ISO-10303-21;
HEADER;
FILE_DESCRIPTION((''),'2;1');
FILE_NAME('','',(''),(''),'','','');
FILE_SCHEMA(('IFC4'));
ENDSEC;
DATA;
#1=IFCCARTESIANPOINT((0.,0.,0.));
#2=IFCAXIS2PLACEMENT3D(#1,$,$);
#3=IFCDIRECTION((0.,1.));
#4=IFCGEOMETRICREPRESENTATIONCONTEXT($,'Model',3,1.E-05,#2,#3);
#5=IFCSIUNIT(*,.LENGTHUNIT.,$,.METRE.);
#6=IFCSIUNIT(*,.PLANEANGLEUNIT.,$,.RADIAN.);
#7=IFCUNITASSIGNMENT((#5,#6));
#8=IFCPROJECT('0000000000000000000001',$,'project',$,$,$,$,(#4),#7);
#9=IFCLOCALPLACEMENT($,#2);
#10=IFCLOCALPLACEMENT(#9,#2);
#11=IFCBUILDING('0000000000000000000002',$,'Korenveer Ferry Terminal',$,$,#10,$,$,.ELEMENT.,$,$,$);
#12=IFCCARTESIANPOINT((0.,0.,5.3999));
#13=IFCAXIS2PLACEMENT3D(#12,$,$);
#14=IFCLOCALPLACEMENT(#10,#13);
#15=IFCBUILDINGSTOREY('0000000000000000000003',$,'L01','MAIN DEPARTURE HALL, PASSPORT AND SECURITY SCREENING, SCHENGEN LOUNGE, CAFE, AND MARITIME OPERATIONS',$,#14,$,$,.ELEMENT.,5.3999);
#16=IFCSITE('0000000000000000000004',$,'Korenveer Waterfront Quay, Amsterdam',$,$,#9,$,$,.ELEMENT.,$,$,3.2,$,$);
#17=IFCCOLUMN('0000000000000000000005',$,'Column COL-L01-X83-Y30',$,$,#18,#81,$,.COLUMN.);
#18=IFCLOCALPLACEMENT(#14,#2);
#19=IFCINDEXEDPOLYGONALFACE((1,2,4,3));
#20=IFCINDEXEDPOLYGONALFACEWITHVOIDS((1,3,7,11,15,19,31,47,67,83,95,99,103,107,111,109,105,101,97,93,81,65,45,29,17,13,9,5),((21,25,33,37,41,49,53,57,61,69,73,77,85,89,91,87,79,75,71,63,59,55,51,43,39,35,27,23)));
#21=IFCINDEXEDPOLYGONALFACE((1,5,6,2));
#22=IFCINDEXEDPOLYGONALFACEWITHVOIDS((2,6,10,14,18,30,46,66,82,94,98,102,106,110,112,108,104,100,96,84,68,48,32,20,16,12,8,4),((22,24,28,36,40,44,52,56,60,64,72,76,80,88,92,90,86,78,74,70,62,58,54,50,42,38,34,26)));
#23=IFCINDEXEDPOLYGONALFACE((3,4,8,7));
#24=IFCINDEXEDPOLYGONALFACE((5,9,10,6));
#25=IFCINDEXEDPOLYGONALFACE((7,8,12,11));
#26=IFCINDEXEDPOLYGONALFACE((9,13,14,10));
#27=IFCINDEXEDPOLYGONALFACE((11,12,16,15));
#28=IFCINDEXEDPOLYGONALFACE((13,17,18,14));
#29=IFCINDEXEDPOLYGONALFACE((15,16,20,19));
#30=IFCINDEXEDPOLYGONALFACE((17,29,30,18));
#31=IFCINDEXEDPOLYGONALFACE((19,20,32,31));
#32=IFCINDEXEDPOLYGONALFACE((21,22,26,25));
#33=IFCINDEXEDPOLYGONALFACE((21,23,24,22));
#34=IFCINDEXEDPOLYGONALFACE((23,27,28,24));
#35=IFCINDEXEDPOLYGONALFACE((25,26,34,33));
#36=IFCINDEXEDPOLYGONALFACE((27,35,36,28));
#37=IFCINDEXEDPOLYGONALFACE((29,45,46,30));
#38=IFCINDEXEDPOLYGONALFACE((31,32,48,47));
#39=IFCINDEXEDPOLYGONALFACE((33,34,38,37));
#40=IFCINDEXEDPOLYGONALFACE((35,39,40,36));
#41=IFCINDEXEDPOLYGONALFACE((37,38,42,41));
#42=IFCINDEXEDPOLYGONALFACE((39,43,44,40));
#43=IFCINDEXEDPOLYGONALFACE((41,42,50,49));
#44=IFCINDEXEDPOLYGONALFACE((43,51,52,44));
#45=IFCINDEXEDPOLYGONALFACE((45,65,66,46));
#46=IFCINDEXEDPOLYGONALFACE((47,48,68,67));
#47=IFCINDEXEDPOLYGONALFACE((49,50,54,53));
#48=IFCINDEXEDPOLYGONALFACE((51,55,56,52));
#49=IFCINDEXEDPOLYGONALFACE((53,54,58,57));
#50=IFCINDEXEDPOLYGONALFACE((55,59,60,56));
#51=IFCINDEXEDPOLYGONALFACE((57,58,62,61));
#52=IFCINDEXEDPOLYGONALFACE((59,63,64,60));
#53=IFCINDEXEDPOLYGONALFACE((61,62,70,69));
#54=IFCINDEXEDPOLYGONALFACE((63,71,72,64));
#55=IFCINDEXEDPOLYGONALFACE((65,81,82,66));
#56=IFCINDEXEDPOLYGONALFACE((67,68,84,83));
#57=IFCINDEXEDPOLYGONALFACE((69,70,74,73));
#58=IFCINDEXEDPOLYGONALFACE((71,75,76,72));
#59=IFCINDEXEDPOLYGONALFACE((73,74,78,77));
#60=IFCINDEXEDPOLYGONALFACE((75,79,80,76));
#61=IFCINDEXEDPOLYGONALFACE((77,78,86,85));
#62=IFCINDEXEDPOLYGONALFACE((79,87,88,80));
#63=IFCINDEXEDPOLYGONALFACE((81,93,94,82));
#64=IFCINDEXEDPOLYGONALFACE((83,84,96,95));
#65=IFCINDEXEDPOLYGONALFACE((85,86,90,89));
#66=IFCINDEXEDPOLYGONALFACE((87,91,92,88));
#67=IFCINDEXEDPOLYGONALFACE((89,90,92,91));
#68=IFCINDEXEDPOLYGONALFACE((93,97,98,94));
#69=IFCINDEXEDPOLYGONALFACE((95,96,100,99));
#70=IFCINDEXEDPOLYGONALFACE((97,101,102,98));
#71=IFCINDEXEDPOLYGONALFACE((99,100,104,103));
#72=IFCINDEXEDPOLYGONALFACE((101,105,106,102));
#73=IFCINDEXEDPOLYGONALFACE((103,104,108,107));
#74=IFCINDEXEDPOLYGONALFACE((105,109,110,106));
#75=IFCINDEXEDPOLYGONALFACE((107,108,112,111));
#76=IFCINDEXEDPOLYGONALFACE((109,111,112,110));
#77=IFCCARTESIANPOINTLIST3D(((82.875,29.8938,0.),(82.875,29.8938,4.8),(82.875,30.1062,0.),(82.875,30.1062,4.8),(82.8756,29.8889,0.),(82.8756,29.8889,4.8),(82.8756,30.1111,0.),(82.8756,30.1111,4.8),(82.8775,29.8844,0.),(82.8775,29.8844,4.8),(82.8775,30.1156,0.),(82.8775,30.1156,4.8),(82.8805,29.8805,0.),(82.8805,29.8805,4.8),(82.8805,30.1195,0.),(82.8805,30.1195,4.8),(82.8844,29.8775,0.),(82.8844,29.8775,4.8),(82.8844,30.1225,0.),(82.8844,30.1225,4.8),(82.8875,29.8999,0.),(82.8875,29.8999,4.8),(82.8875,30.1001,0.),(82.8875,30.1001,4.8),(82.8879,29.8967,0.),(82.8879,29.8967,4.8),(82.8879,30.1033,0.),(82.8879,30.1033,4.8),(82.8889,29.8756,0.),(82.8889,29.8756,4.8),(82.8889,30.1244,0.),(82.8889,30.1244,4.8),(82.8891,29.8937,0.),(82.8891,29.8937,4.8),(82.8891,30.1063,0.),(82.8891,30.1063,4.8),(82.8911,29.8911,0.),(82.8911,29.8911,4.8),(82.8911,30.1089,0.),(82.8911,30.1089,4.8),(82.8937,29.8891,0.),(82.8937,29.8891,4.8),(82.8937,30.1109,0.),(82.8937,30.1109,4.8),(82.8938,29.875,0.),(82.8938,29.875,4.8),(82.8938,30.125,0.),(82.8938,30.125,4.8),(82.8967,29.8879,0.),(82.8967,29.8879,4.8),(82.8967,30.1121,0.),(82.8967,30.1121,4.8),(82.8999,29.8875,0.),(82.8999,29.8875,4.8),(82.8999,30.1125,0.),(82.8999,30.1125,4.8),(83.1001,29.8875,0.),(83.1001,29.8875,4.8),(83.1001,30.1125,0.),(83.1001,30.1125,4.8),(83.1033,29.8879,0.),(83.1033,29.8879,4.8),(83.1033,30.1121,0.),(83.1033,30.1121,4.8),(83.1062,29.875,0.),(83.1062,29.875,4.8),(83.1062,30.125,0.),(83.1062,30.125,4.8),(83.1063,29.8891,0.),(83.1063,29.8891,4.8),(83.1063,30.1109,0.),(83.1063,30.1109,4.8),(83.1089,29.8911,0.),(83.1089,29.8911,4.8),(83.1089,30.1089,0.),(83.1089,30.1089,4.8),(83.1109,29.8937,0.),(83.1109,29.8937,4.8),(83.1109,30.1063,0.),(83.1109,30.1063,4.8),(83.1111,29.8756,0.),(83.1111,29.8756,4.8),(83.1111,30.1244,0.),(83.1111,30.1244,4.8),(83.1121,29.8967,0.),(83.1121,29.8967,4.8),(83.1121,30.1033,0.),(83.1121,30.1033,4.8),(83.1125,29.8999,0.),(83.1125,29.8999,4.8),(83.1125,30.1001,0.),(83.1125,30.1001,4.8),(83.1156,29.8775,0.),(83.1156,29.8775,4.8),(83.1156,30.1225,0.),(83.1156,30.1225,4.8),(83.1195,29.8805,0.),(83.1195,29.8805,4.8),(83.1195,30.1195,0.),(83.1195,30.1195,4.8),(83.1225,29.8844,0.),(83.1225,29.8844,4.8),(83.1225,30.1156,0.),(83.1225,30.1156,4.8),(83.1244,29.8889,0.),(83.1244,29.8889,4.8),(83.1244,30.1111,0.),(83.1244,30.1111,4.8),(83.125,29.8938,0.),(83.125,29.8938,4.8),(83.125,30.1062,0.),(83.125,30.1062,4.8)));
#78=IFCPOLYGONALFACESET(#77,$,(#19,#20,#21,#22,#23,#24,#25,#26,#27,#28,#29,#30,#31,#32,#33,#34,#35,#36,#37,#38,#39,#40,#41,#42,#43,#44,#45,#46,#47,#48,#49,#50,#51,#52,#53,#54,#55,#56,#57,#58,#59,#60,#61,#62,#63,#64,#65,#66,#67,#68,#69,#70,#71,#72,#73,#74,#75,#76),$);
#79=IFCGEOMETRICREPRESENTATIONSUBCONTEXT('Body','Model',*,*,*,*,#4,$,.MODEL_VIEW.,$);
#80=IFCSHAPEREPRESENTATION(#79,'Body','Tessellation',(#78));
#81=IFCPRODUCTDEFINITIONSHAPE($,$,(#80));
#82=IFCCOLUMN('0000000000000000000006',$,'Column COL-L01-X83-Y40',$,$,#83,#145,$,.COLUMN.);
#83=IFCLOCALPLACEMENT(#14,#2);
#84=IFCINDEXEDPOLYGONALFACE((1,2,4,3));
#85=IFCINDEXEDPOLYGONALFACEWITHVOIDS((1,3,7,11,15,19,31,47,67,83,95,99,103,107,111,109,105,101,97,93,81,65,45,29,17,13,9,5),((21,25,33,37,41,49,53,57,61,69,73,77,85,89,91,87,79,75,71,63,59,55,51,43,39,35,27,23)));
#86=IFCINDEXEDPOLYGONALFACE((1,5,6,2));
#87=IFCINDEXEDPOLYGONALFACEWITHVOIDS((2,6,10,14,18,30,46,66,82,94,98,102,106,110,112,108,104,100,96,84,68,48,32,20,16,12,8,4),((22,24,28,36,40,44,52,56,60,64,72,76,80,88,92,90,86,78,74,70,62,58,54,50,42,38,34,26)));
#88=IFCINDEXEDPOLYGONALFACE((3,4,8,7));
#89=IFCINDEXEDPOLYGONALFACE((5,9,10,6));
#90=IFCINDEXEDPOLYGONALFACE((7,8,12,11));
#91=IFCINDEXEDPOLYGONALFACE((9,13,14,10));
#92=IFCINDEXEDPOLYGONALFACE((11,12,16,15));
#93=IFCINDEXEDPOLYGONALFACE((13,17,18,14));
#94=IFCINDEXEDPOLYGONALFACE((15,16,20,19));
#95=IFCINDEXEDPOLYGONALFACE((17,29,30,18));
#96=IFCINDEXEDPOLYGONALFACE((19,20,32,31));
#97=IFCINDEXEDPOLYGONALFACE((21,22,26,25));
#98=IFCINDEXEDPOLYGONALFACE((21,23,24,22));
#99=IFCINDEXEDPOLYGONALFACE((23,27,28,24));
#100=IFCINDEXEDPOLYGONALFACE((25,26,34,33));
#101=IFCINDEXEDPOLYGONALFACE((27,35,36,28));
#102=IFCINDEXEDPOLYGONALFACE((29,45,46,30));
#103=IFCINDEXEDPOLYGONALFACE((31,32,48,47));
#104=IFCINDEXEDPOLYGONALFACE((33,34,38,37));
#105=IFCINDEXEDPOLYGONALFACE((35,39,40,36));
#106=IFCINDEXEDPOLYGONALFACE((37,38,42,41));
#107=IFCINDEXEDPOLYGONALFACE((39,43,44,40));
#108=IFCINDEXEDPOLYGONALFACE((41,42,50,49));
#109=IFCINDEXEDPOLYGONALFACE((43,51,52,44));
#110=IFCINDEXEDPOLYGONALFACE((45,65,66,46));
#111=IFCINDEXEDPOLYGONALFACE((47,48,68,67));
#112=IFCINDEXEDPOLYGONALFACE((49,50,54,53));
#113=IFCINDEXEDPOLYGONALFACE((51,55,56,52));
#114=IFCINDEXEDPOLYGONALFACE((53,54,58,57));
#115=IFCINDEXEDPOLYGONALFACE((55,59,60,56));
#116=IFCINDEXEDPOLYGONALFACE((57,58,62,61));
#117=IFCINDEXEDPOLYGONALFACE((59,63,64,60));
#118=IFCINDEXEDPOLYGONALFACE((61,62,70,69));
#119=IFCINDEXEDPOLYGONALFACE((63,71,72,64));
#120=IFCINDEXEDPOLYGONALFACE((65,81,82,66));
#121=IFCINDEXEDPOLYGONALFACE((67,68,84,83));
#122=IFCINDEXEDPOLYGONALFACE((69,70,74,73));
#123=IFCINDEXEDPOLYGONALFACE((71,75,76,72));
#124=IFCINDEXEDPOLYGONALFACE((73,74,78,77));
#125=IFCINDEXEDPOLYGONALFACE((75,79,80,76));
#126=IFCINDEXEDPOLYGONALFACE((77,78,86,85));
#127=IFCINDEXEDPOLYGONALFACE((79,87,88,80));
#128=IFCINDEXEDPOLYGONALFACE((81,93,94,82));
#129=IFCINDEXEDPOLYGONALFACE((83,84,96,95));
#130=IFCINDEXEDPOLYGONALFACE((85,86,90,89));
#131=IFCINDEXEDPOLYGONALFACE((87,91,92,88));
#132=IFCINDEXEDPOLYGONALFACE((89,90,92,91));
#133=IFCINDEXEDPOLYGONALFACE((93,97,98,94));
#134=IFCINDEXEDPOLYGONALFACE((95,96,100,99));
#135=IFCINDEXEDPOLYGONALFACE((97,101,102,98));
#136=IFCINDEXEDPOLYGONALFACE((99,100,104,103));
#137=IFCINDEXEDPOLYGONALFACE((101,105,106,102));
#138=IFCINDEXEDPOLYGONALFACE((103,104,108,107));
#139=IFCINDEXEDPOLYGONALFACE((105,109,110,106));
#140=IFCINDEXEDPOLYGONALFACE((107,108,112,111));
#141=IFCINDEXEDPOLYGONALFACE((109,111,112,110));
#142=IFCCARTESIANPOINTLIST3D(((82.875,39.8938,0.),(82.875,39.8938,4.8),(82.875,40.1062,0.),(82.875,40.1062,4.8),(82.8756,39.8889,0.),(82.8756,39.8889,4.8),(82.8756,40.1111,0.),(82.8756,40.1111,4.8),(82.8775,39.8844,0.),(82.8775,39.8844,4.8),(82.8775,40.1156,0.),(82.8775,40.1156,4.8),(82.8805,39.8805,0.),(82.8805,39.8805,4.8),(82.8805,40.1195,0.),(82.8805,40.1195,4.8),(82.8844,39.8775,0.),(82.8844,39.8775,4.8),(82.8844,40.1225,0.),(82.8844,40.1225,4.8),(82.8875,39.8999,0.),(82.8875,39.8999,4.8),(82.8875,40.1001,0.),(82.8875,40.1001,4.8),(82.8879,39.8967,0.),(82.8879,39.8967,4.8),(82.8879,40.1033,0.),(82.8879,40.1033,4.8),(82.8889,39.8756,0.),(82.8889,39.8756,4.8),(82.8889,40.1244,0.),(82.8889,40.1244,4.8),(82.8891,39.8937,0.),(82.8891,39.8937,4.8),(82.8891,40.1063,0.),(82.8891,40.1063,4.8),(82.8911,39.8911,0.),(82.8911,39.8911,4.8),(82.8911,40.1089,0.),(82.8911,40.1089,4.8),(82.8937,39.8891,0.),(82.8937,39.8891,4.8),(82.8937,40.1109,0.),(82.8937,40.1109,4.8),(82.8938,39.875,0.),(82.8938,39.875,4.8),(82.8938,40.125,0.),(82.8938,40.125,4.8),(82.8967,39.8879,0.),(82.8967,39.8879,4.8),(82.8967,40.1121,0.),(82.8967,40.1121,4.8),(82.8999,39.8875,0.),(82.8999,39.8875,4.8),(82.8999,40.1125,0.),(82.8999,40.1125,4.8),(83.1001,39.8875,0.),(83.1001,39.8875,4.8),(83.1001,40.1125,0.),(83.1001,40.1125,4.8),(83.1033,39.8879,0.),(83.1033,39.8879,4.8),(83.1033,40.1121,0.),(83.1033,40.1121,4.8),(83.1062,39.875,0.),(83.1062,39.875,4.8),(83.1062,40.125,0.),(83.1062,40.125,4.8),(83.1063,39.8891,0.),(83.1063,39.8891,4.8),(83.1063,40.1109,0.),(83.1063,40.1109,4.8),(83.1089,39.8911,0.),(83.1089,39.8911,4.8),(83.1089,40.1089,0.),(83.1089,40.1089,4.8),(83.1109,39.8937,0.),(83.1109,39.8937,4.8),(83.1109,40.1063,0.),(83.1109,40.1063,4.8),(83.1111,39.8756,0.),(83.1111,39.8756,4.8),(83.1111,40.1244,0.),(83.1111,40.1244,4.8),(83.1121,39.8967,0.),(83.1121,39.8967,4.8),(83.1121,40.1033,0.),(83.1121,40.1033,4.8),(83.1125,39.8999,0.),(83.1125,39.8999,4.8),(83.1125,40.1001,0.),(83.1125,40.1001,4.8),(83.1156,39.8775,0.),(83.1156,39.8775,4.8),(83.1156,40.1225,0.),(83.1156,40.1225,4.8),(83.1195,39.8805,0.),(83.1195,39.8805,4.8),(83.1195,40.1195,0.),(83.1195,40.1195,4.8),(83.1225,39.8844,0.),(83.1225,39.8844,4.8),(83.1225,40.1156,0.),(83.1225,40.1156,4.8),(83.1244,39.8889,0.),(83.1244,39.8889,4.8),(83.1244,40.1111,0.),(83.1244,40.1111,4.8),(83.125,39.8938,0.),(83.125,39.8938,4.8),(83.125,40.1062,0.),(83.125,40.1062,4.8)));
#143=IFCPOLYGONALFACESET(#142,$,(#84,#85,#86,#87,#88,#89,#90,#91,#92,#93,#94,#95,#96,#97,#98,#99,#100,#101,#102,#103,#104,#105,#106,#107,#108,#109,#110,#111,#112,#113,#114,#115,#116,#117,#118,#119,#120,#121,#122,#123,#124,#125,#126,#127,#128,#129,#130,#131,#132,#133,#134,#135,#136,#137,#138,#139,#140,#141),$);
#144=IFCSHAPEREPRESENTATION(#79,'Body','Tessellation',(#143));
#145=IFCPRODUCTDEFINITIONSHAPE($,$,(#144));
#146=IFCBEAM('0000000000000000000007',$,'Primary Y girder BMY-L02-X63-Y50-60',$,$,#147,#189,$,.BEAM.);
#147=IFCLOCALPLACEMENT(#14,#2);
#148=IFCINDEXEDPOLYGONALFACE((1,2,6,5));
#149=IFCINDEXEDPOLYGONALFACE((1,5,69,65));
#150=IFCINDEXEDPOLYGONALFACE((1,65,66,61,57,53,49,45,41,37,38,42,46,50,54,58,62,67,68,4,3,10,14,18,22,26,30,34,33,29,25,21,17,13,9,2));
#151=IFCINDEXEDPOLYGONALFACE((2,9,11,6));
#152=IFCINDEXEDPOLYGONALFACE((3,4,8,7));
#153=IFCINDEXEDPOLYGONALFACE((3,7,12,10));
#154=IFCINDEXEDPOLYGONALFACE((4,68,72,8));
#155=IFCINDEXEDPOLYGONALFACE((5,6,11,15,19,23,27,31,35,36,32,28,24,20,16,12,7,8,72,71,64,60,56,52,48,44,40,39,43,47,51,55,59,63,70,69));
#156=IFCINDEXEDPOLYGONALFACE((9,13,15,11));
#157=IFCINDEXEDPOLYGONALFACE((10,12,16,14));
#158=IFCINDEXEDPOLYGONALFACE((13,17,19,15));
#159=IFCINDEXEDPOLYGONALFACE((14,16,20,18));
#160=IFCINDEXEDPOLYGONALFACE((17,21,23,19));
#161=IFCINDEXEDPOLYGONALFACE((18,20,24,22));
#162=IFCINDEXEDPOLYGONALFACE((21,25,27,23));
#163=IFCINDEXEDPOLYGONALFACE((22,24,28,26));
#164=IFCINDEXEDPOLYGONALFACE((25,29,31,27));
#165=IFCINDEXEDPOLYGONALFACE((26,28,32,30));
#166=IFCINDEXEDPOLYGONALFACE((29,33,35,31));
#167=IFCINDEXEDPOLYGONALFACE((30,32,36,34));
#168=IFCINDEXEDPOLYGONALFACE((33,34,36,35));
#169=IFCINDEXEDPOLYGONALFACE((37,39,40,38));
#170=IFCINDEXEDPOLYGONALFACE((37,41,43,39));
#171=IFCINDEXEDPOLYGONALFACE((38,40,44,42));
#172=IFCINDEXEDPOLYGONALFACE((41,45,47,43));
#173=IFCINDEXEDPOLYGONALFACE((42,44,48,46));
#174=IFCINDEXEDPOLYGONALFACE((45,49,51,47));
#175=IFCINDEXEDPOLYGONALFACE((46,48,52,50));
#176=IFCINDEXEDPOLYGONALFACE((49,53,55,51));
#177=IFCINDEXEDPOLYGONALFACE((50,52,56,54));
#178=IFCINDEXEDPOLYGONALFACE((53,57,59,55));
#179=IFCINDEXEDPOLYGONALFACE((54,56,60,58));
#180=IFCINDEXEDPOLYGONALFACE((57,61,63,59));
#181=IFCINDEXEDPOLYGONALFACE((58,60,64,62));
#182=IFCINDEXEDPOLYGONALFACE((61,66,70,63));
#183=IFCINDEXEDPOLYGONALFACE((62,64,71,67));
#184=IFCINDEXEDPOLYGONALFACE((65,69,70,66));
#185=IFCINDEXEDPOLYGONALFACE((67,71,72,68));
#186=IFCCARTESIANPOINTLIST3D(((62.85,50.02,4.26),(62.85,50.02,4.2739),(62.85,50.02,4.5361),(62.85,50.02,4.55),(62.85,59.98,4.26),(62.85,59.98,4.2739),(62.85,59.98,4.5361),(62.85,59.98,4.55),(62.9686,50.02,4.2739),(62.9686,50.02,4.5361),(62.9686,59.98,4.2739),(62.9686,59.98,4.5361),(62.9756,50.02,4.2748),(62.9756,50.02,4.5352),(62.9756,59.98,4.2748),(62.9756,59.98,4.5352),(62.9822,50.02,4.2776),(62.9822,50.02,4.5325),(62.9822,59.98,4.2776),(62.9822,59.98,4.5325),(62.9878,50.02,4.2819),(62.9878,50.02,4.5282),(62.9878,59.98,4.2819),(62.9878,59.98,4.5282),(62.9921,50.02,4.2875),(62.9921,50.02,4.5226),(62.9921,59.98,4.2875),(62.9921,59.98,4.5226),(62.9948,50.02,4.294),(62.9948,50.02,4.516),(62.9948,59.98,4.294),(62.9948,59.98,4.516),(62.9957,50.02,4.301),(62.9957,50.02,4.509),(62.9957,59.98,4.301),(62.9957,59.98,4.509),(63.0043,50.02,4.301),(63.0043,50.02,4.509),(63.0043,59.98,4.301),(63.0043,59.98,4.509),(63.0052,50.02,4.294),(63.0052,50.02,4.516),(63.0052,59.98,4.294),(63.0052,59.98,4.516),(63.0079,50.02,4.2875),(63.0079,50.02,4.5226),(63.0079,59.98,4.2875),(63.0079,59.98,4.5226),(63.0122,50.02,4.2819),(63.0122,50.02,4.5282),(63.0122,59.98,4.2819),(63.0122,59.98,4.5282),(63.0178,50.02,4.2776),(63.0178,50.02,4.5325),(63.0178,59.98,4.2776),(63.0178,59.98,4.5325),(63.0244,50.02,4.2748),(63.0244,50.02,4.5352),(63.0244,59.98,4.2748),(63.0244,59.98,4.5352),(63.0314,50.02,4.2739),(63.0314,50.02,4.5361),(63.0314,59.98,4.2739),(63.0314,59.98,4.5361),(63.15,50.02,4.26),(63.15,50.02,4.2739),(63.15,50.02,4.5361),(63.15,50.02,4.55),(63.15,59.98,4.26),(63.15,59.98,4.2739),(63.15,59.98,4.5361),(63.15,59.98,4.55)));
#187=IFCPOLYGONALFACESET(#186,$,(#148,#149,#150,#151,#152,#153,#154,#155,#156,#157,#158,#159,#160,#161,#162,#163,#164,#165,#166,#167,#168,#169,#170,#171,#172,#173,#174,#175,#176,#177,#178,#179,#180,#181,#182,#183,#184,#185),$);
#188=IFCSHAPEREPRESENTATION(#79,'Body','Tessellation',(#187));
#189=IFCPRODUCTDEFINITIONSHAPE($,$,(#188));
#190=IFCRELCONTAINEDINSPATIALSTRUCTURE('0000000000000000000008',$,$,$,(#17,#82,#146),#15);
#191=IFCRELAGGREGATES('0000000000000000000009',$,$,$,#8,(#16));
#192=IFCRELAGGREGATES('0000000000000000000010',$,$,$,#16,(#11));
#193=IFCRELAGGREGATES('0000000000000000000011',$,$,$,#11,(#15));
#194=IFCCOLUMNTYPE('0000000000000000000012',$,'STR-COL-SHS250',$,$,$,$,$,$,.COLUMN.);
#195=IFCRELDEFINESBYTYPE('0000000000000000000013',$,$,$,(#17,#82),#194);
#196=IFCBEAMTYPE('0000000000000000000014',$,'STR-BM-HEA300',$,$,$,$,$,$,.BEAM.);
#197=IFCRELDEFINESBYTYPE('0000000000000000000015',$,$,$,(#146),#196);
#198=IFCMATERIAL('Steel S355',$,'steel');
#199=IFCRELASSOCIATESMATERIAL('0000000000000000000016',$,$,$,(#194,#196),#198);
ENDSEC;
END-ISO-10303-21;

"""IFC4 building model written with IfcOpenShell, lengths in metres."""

from ifc_helpers import new_model, si_unit, direction, frame, origin, origin_2d, place, context, subcontext, project, spatial, hollow_rectangle, i_section, extrude, material, material_profile, profile_set, type_object, element, save


model = new_model("IFC4")

# Units and contexts
model_context = context("Model", 3, precision=1e-05, world=origin(), true_north=direction((0.0, 1.0)))
body_context = subcontext(model_context, "Body", "Model", "MODEL_VIEW")
ifc_project = project(units=[si_unit("LENGTHUNIT", "METRE"), si_unit("PLANEANGLEUNIT", "RADIAN")], contexts=[model_context])

# Site, building, storey
site_placement = place(None, origin())
site = spatial("IfcSite", under=ifc_project, at=site_placement, Name="Korenveer Waterfront Quay, Amsterdam", CompositionType="ELEMENT", RefElevation=3.2)
building_placement = place(site_placement, origin())
building = spatial("IfcBuilding", under=site, at=building_placement, Name="Korenveer Ferry Terminal", CompositionType="ELEMENT")
storey_placement = place(building_placement, frame((0.0, 0.0, 5.3999)))
storey = spatial("IfcBuildingStorey", under=building, at=storey_placement, Name="L01", Description="MAIN DEPARTURE HALL, PASSPORT AND SECURITY SCREENING, SCHENGEN LOUNGE, CAFE, AND MARITIME OPERATIONS", CompositionType="ELEMENT", Elevation=5.3999)

# Columns
ifc_material = material(Name="Steel S355", Category="steel")
ifc_material_profile_1 = material_profile(ifc_material, hollow_rectangle(XDim=0.25, YDim=0.25, WallThickness=0.0125, InnerFilletRadius=0.0125, OuterFilletRadius=0.0188, at=origin_2d()), Name="SHS 250x250x12.5")
ifc_profile_set_1 = profile_set([ifc_material_profile_1], Name="Steel S355")
column_type_1 = type_object("IfcColumnType", Name="STR-COL-SHS250", PredefinedType="COLUMN", material=ifc_profile_set_1)
for number, where, z_axis, x_axis, name in (
    (1, (83.0, 30.0, 0.0), (0.0, 0.0, 1.0), (1.0, 0.0, 0.0), "Column COL-L01-X83-Y30"),
    (2, (83.0, 40.0, 0.0), (0.0, 0.0, 1.0), (1.0, 0.0, 0.0), "Column COL-L01-X83-Y40"),
):
    element("IfcColumn", number, at=place(storey_placement, frame(where, z_axis=z_axis, x_axis=x_axis)), inside=storey, type_object=column_type_1, Name=name, PredefinedType="COLUMN", context=body_context, shape_type="SweptSolid", body=[
        extrude(hollow_rectangle(XDim=0.25, YDim=0.25, WallThickness=0.0125, InnerFilletRadius=0.0125, OuterFilletRadius=0.0188, at=origin_2d()), origin(), (0.0, 0.0, 1.0), 4.8),
    ])

# Beam
ifc_material_profile_2 = material_profile(ifc_material, i_section(OverallWidth=0.3, OverallDepth=0.29, WebThickness=0.0085, FlangeThickness=0.0139, FilletRadius=0.0271, at=origin_2d()), Name="HEA 300")
ifc_profile_set_2 = profile_set([ifc_material_profile_2], Name="Steel S355")
beam_type_1 = type_object("IfcBeamType", Name="STR-BM-HEA300", PredefinedType="BEAM", material=ifc_profile_set_2)
for number, where, z_axis, x_axis, name in (
    (3, (63.0, 50.02, 4.405), (0.0, 1.0, 0.0), (-1.0, 0.0, 0.0), "Primary Y girder BMY-L02-X63-Y50-60"),
):
    element("IfcBeam", number, at=place(storey_placement, frame(where, z_axis=z_axis, x_axis=x_axis)), inside=storey, type_object=beam_type_1, Name=name, PredefinedType="BEAM", context=body_context, shape_type="SweptSolid", body=[
        extrude(i_section(OverallWidth=0.3, OverallDepth=0.29, WebThickness=0.0085, FlangeThickness=0.0139, FilletRadius=0.0271, at=origin_2d()), origin(), (0.0, 0.0, 1.0), 9.96),
    ])

save(model, "model.ifc")
